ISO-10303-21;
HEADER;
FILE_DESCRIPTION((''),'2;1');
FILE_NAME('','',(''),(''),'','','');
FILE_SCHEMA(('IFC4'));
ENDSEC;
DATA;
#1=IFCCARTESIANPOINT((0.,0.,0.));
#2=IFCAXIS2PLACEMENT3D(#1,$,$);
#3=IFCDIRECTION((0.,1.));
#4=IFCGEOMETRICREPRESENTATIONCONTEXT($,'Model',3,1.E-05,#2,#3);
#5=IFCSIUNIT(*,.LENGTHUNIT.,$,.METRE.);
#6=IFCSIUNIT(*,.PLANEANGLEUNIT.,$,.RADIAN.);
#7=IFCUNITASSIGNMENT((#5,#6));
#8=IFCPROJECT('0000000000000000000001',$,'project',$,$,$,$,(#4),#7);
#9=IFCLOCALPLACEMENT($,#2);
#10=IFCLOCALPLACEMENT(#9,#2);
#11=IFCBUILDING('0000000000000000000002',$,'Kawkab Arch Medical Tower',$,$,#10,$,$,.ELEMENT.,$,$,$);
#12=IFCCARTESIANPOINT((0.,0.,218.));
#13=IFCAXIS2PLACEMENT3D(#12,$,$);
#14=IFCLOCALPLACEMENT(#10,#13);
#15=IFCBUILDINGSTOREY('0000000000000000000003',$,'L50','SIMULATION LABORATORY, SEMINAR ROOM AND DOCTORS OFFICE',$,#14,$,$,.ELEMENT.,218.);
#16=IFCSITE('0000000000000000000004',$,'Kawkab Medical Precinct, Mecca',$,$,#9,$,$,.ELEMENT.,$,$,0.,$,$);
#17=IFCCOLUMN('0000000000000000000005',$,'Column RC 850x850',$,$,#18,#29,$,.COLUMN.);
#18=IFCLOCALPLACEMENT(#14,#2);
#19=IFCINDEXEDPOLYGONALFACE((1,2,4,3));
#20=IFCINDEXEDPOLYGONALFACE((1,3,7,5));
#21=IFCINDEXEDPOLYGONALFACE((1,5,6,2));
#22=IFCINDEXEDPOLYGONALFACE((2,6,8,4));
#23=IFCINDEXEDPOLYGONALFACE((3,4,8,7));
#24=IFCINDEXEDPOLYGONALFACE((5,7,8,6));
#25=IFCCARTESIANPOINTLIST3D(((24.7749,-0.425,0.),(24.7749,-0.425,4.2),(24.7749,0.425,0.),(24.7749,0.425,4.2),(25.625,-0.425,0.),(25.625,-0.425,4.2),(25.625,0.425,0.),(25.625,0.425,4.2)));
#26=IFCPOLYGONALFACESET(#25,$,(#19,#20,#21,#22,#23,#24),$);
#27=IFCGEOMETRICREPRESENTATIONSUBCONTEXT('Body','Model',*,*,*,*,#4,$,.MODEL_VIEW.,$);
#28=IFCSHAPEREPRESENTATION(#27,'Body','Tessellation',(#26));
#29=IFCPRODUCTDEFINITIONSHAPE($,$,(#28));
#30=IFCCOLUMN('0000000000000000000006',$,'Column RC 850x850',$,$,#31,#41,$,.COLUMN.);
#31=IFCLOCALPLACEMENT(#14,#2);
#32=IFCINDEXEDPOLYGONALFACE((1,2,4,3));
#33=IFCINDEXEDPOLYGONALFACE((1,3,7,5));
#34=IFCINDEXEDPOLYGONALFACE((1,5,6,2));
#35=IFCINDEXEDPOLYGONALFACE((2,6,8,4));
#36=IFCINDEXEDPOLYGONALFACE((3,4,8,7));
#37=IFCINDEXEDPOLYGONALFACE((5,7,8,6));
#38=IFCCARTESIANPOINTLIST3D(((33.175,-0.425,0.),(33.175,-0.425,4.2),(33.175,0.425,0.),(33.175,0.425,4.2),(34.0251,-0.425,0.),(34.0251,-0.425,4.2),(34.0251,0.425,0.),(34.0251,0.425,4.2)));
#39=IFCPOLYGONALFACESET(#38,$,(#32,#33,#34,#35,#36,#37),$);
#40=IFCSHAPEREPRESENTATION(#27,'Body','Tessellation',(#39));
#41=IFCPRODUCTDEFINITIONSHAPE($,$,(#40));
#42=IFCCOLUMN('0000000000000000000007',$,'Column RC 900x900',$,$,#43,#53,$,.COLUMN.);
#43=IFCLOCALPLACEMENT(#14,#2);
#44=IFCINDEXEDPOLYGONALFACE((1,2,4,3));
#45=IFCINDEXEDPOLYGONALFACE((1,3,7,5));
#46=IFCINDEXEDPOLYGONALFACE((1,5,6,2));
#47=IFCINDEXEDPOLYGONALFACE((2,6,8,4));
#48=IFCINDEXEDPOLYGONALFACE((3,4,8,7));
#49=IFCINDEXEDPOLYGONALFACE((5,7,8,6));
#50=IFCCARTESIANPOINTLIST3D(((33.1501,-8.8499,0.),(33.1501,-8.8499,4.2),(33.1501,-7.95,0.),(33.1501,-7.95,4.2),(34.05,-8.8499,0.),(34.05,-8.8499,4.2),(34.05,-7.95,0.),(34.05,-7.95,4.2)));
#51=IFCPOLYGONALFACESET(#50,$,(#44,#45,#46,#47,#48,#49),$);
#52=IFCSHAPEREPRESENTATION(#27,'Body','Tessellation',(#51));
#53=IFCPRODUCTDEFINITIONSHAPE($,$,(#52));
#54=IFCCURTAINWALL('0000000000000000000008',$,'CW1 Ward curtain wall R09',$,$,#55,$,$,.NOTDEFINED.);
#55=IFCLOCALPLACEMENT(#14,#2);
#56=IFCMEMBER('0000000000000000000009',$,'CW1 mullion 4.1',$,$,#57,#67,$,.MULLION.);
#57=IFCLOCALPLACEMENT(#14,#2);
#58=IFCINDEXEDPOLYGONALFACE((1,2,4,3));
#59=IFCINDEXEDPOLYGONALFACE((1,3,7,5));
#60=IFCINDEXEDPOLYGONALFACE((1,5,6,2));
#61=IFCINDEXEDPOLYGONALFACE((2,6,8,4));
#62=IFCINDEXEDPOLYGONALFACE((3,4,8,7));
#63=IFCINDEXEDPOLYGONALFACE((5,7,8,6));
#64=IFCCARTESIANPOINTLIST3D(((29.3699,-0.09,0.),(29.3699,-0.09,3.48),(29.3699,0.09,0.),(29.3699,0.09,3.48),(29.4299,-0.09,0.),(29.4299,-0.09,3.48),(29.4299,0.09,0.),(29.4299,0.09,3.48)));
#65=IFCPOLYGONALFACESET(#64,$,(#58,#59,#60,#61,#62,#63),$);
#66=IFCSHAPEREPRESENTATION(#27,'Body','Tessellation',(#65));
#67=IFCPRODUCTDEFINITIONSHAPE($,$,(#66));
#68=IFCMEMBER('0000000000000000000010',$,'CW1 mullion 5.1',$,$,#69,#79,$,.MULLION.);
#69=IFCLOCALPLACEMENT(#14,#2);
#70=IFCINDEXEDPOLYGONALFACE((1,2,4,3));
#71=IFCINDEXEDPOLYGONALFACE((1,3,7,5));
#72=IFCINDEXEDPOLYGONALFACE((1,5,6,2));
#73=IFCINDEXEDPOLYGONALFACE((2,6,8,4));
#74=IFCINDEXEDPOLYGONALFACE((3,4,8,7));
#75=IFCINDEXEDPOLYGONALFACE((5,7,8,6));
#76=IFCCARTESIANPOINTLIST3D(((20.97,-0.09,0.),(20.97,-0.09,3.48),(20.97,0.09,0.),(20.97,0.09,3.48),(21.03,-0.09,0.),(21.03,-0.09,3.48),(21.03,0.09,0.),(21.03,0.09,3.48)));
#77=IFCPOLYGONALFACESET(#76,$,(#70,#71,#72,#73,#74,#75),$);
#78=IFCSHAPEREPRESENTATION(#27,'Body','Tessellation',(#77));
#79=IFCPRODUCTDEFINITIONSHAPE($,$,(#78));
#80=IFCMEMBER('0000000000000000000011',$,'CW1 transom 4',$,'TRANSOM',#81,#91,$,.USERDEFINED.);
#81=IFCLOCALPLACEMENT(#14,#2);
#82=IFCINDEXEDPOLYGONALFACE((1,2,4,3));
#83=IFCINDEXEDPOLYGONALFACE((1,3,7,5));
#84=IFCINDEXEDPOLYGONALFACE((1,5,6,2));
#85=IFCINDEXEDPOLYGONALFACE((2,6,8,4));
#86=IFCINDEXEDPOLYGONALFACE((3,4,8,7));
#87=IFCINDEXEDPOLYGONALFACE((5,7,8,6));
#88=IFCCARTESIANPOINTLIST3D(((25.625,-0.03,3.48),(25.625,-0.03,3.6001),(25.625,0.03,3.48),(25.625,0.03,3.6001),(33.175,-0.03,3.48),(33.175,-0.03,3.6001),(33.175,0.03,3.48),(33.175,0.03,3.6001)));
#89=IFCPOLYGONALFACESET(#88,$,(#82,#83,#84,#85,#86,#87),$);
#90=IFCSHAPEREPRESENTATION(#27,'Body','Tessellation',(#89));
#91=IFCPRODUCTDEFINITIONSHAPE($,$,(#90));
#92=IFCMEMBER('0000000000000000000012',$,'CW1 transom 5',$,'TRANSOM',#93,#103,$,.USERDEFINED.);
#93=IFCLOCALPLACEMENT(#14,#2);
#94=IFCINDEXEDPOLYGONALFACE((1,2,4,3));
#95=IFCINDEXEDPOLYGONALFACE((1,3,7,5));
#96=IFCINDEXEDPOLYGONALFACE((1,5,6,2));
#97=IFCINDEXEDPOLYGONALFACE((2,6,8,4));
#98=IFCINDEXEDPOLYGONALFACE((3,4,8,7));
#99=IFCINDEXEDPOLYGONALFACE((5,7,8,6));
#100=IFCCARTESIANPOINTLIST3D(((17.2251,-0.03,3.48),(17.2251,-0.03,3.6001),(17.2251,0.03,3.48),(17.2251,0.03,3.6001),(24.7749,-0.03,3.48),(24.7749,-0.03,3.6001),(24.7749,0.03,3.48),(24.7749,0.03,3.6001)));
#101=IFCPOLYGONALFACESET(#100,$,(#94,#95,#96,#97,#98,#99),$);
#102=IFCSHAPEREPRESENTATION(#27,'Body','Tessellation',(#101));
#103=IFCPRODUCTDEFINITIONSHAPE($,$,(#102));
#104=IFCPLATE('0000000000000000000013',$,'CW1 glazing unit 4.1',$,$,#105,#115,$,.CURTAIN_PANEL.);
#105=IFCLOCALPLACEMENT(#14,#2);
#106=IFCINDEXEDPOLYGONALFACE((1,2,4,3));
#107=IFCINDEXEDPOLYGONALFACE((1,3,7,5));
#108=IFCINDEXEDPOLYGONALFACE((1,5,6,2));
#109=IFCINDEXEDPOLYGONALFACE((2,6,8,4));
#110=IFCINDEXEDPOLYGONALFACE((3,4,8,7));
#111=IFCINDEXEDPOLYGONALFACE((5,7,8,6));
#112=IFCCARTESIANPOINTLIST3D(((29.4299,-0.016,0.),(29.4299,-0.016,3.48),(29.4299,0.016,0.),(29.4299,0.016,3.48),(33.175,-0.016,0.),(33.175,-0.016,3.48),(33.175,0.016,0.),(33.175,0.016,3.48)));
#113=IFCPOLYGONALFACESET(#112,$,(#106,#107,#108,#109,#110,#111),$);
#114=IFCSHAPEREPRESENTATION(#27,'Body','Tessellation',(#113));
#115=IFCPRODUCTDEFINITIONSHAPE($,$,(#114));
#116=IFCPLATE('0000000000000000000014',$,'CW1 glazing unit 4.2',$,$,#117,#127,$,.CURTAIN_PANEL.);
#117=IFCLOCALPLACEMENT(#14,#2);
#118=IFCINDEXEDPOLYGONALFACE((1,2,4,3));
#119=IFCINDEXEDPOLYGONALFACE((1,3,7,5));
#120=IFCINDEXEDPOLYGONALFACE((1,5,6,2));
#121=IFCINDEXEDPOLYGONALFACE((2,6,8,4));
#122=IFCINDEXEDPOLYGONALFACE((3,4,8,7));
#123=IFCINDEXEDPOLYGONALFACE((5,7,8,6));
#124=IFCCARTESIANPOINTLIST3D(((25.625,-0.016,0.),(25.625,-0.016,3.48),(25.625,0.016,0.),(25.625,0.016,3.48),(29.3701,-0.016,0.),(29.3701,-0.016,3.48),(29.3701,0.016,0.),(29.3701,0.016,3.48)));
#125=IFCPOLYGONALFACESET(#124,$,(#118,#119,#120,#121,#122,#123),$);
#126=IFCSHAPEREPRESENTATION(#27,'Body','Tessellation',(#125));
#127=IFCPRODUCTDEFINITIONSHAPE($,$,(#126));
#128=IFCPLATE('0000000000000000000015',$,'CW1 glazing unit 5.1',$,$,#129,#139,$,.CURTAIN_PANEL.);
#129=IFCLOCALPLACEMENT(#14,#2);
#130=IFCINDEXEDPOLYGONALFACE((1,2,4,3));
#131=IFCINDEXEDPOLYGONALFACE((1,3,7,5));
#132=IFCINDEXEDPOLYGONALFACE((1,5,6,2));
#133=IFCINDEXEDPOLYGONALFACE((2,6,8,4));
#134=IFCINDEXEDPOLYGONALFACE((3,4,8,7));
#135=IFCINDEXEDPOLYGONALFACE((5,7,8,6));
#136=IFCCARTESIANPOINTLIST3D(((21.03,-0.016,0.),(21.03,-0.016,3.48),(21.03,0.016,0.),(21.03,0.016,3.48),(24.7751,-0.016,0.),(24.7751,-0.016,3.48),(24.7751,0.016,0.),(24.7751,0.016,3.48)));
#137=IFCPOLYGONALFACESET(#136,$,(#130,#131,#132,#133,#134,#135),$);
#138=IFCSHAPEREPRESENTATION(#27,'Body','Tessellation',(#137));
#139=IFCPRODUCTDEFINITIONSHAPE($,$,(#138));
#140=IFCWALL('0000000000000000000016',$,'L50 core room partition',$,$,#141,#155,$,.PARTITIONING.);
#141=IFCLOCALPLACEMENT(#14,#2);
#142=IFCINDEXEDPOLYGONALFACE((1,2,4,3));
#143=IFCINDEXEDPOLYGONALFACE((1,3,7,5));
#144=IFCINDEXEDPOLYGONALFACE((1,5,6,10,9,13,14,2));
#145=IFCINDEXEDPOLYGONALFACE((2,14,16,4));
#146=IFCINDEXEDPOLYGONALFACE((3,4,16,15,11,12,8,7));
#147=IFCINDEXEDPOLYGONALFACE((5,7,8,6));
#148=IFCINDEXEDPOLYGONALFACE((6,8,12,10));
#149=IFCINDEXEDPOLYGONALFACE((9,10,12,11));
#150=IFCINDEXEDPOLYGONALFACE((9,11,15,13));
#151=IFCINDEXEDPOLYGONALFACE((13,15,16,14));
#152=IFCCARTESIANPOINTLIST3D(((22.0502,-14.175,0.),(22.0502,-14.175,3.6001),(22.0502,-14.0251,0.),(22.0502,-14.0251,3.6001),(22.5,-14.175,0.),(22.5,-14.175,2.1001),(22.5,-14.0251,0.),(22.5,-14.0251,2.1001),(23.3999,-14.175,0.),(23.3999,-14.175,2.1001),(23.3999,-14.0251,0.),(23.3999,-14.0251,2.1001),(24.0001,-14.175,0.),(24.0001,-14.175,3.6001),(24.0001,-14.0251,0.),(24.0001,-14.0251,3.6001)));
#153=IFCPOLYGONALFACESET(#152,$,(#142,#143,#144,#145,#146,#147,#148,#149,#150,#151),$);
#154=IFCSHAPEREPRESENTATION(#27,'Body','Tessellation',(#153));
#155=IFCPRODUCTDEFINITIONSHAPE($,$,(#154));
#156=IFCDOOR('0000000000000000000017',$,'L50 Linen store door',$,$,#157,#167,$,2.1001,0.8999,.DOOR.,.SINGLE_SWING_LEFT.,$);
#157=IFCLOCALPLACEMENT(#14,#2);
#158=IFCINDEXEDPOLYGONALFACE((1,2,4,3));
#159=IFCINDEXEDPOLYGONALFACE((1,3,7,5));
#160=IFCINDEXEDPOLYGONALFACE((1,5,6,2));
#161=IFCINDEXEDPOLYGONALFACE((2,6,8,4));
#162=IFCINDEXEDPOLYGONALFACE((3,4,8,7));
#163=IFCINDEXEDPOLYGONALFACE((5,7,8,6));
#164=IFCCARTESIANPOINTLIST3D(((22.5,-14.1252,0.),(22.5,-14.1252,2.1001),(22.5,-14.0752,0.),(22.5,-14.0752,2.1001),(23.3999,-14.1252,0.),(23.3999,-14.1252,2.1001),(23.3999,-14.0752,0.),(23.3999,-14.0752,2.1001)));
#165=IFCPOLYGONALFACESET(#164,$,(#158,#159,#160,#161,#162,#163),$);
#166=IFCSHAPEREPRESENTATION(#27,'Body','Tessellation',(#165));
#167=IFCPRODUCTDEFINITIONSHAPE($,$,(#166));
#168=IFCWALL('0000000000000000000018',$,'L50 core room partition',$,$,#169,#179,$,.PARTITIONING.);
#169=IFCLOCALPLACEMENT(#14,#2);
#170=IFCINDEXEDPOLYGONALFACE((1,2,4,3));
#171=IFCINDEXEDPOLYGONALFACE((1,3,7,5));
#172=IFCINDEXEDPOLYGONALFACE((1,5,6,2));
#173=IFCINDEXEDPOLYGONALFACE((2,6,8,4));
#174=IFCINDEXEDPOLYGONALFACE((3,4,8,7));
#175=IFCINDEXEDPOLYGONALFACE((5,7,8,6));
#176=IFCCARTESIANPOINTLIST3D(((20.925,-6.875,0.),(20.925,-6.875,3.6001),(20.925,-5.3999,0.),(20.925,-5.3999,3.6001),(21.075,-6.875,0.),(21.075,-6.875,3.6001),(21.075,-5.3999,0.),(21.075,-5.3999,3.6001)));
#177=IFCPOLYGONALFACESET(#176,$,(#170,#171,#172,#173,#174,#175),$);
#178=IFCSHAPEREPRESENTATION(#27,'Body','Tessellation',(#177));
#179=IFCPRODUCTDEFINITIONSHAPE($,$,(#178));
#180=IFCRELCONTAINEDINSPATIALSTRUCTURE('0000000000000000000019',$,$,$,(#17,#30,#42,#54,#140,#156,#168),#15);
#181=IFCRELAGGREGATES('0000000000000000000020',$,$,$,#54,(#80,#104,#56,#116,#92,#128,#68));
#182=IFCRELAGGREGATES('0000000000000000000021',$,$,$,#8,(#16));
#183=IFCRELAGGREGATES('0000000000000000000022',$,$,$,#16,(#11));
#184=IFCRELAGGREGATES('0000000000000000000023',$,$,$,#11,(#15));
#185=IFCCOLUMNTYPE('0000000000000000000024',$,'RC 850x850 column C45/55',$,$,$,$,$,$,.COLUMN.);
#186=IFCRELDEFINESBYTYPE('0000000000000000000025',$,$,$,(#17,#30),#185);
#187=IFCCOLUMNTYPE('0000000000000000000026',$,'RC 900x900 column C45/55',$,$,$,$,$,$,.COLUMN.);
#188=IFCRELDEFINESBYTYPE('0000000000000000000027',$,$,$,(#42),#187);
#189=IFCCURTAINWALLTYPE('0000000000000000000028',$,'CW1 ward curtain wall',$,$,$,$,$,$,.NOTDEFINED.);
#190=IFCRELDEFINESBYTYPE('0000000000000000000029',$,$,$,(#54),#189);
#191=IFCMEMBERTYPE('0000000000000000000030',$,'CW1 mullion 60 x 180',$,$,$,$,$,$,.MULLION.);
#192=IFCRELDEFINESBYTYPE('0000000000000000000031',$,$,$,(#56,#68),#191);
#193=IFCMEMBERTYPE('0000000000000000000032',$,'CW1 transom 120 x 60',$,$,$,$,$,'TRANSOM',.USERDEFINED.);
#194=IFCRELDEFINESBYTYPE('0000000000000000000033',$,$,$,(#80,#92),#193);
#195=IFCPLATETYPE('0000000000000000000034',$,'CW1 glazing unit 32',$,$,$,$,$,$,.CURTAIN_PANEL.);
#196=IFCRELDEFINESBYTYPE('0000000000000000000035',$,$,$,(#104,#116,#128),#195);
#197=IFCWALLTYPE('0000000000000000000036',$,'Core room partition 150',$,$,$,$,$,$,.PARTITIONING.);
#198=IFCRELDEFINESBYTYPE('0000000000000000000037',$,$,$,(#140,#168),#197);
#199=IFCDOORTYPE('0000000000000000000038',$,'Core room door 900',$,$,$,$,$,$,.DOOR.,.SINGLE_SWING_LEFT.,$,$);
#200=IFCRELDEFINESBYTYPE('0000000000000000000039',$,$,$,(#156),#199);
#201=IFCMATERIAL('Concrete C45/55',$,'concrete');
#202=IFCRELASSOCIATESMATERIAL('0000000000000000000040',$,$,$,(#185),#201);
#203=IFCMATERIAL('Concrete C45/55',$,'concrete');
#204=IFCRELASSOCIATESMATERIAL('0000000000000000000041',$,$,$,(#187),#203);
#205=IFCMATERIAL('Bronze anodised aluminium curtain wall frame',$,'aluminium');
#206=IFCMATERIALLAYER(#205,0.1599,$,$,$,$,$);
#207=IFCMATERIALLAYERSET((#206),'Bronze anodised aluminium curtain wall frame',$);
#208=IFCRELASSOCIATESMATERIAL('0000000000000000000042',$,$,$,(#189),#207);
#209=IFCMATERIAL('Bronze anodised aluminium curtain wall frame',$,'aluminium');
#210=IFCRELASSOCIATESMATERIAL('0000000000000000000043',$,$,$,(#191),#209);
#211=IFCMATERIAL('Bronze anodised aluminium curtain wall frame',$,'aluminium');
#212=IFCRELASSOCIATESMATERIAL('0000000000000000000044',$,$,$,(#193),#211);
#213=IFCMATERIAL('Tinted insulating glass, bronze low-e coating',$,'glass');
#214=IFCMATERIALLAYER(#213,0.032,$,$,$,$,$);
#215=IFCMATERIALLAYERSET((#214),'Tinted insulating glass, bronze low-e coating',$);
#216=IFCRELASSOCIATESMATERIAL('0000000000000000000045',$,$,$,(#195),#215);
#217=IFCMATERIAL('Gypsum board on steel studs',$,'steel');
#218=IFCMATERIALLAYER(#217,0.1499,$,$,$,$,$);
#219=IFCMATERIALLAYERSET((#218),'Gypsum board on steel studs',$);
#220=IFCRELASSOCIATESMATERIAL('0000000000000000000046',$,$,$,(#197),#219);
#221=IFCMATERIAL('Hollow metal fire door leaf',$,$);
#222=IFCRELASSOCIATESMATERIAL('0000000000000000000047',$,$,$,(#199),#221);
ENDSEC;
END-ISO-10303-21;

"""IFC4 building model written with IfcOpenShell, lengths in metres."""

from ifc_helpers import new_model, si_unit, direction, frame, frame_2d, origin, origin_2d, place, context, subcontext, project, spatial, rectangle, extrude, material, layer, layer_set, material_profile, profile_set, type_object, element, fill, aggregate, save


model = new_model("IFC4")

# Units and contexts
model_context = context("Model", 3, precision=1e-05, world=origin(), true_north=direction((0.0, 1.0)))
body_context = subcontext(model_context, "Body", "Model", "MODEL_VIEW")
ifc_project = project(units=[si_unit("LENGTHUNIT", "METRE"), si_unit("PLANEANGLEUNIT", "RADIAN")], contexts=[model_context])

# Site, building, storey
site_placement = place(None, origin())
site = spatial("IfcSite", under=ifc_project, at=site_placement, Name="Kawkab Medical Precinct, Mecca", CompositionType="ELEMENT", RefElevation=0.0)
building_placement = place(site_placement, origin())
building = spatial("IfcBuilding", under=site, at=building_placement, Name="Kawkab Arch Medical Tower", CompositionType="ELEMENT")
storey_placement = place(building_placement, frame((0.0, 0.0, 218.0)))
storey = spatial("IfcBuildingStorey", under=building, at=storey_placement, Name="L50", Description="SIMULATION LABORATORY, SEMINAR ROOM AND DOCTORS OFFICE", CompositionType="ELEMENT", Elevation=218.0)

# Columns
ifc_material_1 = material(Name="Concrete C45/55", Category="concrete")
ifc_material_profile_1 = material_profile(ifc_material_1, rectangle(XDim=0.8501, YDim=0.8501, at=origin_2d()), Name="RC 850x850")
ifc_profile_set_1 = profile_set([ifc_material_profile_1], Name="Concrete C45/55")
column_type_1 = type_object("IfcColumnType", Name="RC 850x850 column C45/55", PredefinedType="COLUMN", material=ifc_profile_set_1)
for number, where, z_axis, x_axis, name in (
    (1, (25.2, 0.0, 0.0), (0.0, 0.0, 1.0), (1.0, 0.0, 0.0), "Column RC 850x850"),
    (2, (33.6001, 0.0, 0.0), (0.0, 0.0, 1.0), (1.0, 0.0, 0.0), "Column RC 850x850"),
):
    element("IfcColumn", number, at=place(storey_placement, frame(where, z_axis=z_axis, x_axis=x_axis)), inside=storey, type_object=column_type_1, Name=name, PredefinedType="COLUMN", context=body_context, shape_type="SweptSolid", body=[
        extrude(rectangle(XDim=0.8501, YDim=0.8501, at=origin_2d()), origin(), (0.0, 0.0, 1.0), 4.2),
    ])
ifc_material_2 = material(Name="Concrete C45/55", Category="concrete")
ifc_material_profile_2 = material_profile(ifc_material_2, rectangle(XDim=0.8999, YDim=0.8999, at=origin_2d()), Name="RC 900x900")
ifc_profile_set_2 = profile_set([ifc_material_profile_2], Name="Concrete C45/55")
column_type_2 = type_object("IfcColumnType", Name="RC 900x900 column C45/55", PredefinedType="COLUMN", material=ifc_profile_set_2)
column_placement = place(storey_placement, frame((33.6001, -8.3999, 0.0), z_axis=(0.0, 0.0, 1.0), x_axis=(1.0, 0.0, 0.0)))
element("IfcColumn", 3, at=column_placement, inside=storey, type_object=column_type_2, Name="Column RC 900x900", PredefinedType="COLUMN", context=body_context, shape_type="SweptSolid", body=[
    extrude(rectangle(XDim=0.8999, YDim=0.8999, at=origin_2d()), origin(), (0.0, 0.0, 1.0), 4.2),
])

# Curtain wall, members, plates
ifc_material_3 = material(Name="Bronze anodised aluminium curtain wall frame", Category="aluminium")
ifc_layer_1 = layer(ifc_material_3, 0.1599)
ifc_layer_set_1 = layer_set([ifc_layer_1], Name="Bronze anodised aluminium curtain wall frame")
curtain_wall_type = type_object("IfcCurtainWallType", Name="CW1 ward curtain wall", PredefinedType="NOTDEFINED", material=ifc_layer_set_1)
placement = place(storey_placement, origin())
curtain_wall = element("IfcCurtainWall", 4, at=placement, inside=storey, type_object=curtain_wall_type, Name="CW1 Ward curtain wall R09", PredefinedType="NOTDEFINED")
ifc_material_4 = material(Name="Bronze anodised aluminium curtain wall frame", Category="aluminium")
ifc_material_profile_3 = material_profile(ifc_material_4, rectangle(XDim=0.1799, YDim=0.0601, at=origin_2d()), Name="AL 60x180")
ifc_profile_set_3 = profile_set([ifc_material_profile_3], Name="Bronze anodised aluminium curtain wall frame")
member_type_1 = type_object("IfcMemberType", Name="CW1 mullion 60 x 180", PredefinedType="MULLION", material=ifc_profile_set_3)
member_1_placement = place(storey_placement, frame((29.3999, 0.0, 0.0), z_axis=(0.0, 0.0, 1.0), x_axis=(0.0, -1.0, 0.0)))
member_1 = element("IfcMember", 5, at=member_1_placement, type_object=member_type_1, Name="CW1 mullion 4.1", PredefinedType="MULLION", context=body_context, shape_type="SweptSolid", body=[
    extrude(rectangle(XDim=0.1799, YDim=0.0601, at=origin_2d()), origin(), (0.0, 0.0, 1.0), 3.48),
])
member_2_placement = place(storey_placement, frame((21.0, 0.0, 0.0), z_axis=(0.0, 0.0, 1.0), x_axis=(0.0, -1.0, 0.0)))
member_2 = element("IfcMember", 6, at=member_2_placement, type_object=member_type_1, Name="CW1 mullion 5.1", PredefinedType="MULLION", context=body_context, shape_type="SweptSolid", body=[
    extrude(rectangle(XDim=0.1799, YDim=0.0601, at=origin_2d()), origin(), (0.0, 0.0, 1.0), 3.48),
])
ifc_material_5 = material(Name="Bronze anodised aluminium curtain wall frame", Category="aluminium")
ifc_material_profile_4 = material_profile(ifc_material_5, rectangle(XDim=0.0601, YDim=0.1201, at=origin_2d()), Name="AL 60x120")
ifc_profile_set_4 = profile_set([ifc_material_profile_4], Name="Bronze anodised aluminium curtain wall frame")
member_type_2 = type_object("IfcMemberType", Name="CW1 transom 120 x 60", ElementType="TRANSOM", PredefinedType="USERDEFINED", material=ifc_profile_set_4)
member_3_placement = place(storey_placement, frame((33.175, 0.0, 3.54), z_axis=(-1.0, 0.0, 0.0), x_axis=(0.0, -1.0, 0.0)))
member_3 = element("IfcMember", 7, at=member_3_placement, type_object=member_type_2, Name="CW1 transom 4", ObjectType="TRANSOM", PredefinedType="USERDEFINED", context=body_context, shape_type="SweptSolid", body=[
    extrude(rectangle(XDim=0.0601, YDim=0.1201, at=origin_2d()), origin(), (0.0, 0.0, 1.0), 7.55),
])
member_4_placement = place(storey_placement, frame((24.7749, 0.0, 3.54), z_axis=(-1.0, 0.0, 0.0), x_axis=(0.0, -1.0, 0.0)))
member_4 = element("IfcMember", 8, at=member_4_placement, type_object=member_type_2, Name="CW1 transom 5", ObjectType="TRANSOM", PredefinedType="USERDEFINED", context=body_context, shape_type="SweptSolid", body=[
    extrude(rectangle(XDim=0.0601, YDim=0.1201, at=origin_2d()), origin(), (0.0, 0.0, 1.0), 7.5498),
])
ifc_material_6 = material(Name="Tinted insulating glass, bronze low-e coating", Category="glass")
ifc_layer_2 = layer(ifc_material_6, 0.032)
ifc_layer_set_2 = layer_set([ifc_layer_2], Name="Tinted insulating glass, bronze low-e coating")
plate_type = type_object("IfcPlateType", Name="CW1 glazing unit 32", PredefinedType="CURTAIN_PANEL", material=ifc_layer_set_2)
plate_1_placement = place(storey_placement, frame((31.3025, 0.0, 0.0), z_axis=(0.0, 0.0, 1.0), x_axis=(-1.0, 0.0, 0.0)))
plate_1 = element("IfcPlate", 9, at=plate_1_placement, type_object=plate_type, Name="CW1 glazing unit 4.1", PredefinedType="CURTAIN_PANEL", context=body_context, shape_type="SweptSolid", body=[
    extrude(rectangle(XDim=3.7451, YDim=0.032, at=origin_2d()), origin(), (0.0, 0.0, 1.0), 3.48),
])
plate_2_placement = place(storey_placement, frame((27.4976, 0.0, 0.0), z_axis=(0.0, 0.0, 1.0), x_axis=(-1.0, 0.0, 0.0)))
plate_2 = element("IfcPlate", 10, at=plate_2_placement, type_object=plate_type, Name="CW1 glazing unit 4.2", PredefinedType="CURTAIN_PANEL", context=body_context, shape_type="SweptSolid", body=[
    extrude(rectangle(XDim=3.7451, YDim=0.032, at=origin_2d()), origin(), (0.0, 0.0, 1.0), 3.48),
])
plate_3_placement = place(storey_placement, frame((22.9026, 0.0, 0.0), z_axis=(0.0, 0.0, 1.0), x_axis=(-1.0, 0.0, 0.0)))
plate_3 = element("IfcPlate", 11, at=plate_3_placement, type_object=plate_type, Name="CW1 glazing unit 5.1", PredefinedType="CURTAIN_PANEL", context=body_context, shape_type="SweptSolid", body=[
    extrude(rectangle(XDim=3.7451, YDim=0.032, at=origin_2d()), origin(), (0.0, 0.0, 1.0), 3.48),
])
aggregate(curtain_wall, [member_3, plate_1, member_1, plate_2, member_4, plate_3, member_2])

# Wall, opening, door
ifc_material_7 = material(Name="Gypsum board on steel studs", Category="steel")
ifc_layer_3 = layer(ifc_material_7, 0.1499)
ifc_layer_set_3 = layer_set([ifc_layer_3], Name="Gypsum board on steel studs")
wall_type_1 = type_object("IfcWallType", Name="Core room partition 150", PredefinedType="PARTITIONING", material=ifc_layer_set_3)
wall_1_placement = place(storey_placement, frame((22.05, -14.1001, 0.0), z_axis=(0.0, 0.0, 1.0), x_axis=(1.0, 0.0, 0.0)))
wall_1 = element("IfcWall", 12, at=wall_1_placement, inside=storey, type_object=wall_type_1, Name="L50 core room partition", PredefinedType="PARTITIONING", context=body_context, shape_type="SweptSolid", body=[
    extrude(rectangle(XDim=1.95, YDim=0.1499, at=frame_2d((0.9751, 0.0))), origin(), (0.0, 0.0, 1.0), 3.6001),
])
opening_1_placement = place(wall_1_placement, frame((0.45, 0.0, 0.0)))
opening_1 = element("IfcOpeningElement", 13, at=opening_1_placement, cuts=wall_1, PredefinedType="OPENING", context=body_context, shape_type="SweptSolid", body=[
    extrude(rectangle(XDim=0.8999, YDim=2.1001, at=frame_2d((0.45, 1.05))), frame((0.0, 0.085, 0.0), z_axis=(0.0, -1.0, 0.0), x_axis=(1.0, 0.0, 0.0)), (0.0, 0.0, 1.0), 0.1699),
])
ifc_material_8 = material(Name="Hollow metal fire door leaf")
door_type_1 = type_object("IfcDoorType", Name="Core room door 900", OperationType="SINGLE_SWING_LEFT", PredefinedType="DOOR", material=ifc_material_8)
door_1_placement = place(opening_1_placement, origin())
door_1 = element("IfcDoor", 14, at=door_1_placement, inside=storey, type_object=door_type_1, Name="L50 Linen store door", OperationType="SINGLE_SWING_LEFT", OverallHeight=2.1001, OverallWidth=0.8999, PredefinedType="DOOR", context=body_context, shape_type="SweptSolid", body=[
    extrude(rectangle(XDim=0.8999, YDim=2.1001, at=frame_2d((0.45, 1.05))), frame((0.0, 0.0249, 0.0), z_axis=(0.0, -1.0, 0.0), x_axis=(1.0, 0.0, 0.0)), (0.0, 0.0, 1.0), 0.05),
])
fill(opening_1, door_1)

# Wall
wall_2_placement = place(storey_placement, frame((21.0, -6.875, 0.0), z_axis=(0.0, 0.0, 1.0), x_axis=(0.0, 1.0, 0.0)))
element("IfcWall", 15, at=wall_2_placement, inside=storey, type_object=wall_type_1, Name="L50 core room partition", PredefinedType="PARTITIONING", context=body_context, shape_type="SweptSolid", body=[
    extrude(rectangle(XDim=1.4751, YDim=0.1499, at=frame_2d((0.7375, 0.0))), origin(), (0.0, 0.0, 1.0), 3.6001),
])

save(model, "model.ifc")
